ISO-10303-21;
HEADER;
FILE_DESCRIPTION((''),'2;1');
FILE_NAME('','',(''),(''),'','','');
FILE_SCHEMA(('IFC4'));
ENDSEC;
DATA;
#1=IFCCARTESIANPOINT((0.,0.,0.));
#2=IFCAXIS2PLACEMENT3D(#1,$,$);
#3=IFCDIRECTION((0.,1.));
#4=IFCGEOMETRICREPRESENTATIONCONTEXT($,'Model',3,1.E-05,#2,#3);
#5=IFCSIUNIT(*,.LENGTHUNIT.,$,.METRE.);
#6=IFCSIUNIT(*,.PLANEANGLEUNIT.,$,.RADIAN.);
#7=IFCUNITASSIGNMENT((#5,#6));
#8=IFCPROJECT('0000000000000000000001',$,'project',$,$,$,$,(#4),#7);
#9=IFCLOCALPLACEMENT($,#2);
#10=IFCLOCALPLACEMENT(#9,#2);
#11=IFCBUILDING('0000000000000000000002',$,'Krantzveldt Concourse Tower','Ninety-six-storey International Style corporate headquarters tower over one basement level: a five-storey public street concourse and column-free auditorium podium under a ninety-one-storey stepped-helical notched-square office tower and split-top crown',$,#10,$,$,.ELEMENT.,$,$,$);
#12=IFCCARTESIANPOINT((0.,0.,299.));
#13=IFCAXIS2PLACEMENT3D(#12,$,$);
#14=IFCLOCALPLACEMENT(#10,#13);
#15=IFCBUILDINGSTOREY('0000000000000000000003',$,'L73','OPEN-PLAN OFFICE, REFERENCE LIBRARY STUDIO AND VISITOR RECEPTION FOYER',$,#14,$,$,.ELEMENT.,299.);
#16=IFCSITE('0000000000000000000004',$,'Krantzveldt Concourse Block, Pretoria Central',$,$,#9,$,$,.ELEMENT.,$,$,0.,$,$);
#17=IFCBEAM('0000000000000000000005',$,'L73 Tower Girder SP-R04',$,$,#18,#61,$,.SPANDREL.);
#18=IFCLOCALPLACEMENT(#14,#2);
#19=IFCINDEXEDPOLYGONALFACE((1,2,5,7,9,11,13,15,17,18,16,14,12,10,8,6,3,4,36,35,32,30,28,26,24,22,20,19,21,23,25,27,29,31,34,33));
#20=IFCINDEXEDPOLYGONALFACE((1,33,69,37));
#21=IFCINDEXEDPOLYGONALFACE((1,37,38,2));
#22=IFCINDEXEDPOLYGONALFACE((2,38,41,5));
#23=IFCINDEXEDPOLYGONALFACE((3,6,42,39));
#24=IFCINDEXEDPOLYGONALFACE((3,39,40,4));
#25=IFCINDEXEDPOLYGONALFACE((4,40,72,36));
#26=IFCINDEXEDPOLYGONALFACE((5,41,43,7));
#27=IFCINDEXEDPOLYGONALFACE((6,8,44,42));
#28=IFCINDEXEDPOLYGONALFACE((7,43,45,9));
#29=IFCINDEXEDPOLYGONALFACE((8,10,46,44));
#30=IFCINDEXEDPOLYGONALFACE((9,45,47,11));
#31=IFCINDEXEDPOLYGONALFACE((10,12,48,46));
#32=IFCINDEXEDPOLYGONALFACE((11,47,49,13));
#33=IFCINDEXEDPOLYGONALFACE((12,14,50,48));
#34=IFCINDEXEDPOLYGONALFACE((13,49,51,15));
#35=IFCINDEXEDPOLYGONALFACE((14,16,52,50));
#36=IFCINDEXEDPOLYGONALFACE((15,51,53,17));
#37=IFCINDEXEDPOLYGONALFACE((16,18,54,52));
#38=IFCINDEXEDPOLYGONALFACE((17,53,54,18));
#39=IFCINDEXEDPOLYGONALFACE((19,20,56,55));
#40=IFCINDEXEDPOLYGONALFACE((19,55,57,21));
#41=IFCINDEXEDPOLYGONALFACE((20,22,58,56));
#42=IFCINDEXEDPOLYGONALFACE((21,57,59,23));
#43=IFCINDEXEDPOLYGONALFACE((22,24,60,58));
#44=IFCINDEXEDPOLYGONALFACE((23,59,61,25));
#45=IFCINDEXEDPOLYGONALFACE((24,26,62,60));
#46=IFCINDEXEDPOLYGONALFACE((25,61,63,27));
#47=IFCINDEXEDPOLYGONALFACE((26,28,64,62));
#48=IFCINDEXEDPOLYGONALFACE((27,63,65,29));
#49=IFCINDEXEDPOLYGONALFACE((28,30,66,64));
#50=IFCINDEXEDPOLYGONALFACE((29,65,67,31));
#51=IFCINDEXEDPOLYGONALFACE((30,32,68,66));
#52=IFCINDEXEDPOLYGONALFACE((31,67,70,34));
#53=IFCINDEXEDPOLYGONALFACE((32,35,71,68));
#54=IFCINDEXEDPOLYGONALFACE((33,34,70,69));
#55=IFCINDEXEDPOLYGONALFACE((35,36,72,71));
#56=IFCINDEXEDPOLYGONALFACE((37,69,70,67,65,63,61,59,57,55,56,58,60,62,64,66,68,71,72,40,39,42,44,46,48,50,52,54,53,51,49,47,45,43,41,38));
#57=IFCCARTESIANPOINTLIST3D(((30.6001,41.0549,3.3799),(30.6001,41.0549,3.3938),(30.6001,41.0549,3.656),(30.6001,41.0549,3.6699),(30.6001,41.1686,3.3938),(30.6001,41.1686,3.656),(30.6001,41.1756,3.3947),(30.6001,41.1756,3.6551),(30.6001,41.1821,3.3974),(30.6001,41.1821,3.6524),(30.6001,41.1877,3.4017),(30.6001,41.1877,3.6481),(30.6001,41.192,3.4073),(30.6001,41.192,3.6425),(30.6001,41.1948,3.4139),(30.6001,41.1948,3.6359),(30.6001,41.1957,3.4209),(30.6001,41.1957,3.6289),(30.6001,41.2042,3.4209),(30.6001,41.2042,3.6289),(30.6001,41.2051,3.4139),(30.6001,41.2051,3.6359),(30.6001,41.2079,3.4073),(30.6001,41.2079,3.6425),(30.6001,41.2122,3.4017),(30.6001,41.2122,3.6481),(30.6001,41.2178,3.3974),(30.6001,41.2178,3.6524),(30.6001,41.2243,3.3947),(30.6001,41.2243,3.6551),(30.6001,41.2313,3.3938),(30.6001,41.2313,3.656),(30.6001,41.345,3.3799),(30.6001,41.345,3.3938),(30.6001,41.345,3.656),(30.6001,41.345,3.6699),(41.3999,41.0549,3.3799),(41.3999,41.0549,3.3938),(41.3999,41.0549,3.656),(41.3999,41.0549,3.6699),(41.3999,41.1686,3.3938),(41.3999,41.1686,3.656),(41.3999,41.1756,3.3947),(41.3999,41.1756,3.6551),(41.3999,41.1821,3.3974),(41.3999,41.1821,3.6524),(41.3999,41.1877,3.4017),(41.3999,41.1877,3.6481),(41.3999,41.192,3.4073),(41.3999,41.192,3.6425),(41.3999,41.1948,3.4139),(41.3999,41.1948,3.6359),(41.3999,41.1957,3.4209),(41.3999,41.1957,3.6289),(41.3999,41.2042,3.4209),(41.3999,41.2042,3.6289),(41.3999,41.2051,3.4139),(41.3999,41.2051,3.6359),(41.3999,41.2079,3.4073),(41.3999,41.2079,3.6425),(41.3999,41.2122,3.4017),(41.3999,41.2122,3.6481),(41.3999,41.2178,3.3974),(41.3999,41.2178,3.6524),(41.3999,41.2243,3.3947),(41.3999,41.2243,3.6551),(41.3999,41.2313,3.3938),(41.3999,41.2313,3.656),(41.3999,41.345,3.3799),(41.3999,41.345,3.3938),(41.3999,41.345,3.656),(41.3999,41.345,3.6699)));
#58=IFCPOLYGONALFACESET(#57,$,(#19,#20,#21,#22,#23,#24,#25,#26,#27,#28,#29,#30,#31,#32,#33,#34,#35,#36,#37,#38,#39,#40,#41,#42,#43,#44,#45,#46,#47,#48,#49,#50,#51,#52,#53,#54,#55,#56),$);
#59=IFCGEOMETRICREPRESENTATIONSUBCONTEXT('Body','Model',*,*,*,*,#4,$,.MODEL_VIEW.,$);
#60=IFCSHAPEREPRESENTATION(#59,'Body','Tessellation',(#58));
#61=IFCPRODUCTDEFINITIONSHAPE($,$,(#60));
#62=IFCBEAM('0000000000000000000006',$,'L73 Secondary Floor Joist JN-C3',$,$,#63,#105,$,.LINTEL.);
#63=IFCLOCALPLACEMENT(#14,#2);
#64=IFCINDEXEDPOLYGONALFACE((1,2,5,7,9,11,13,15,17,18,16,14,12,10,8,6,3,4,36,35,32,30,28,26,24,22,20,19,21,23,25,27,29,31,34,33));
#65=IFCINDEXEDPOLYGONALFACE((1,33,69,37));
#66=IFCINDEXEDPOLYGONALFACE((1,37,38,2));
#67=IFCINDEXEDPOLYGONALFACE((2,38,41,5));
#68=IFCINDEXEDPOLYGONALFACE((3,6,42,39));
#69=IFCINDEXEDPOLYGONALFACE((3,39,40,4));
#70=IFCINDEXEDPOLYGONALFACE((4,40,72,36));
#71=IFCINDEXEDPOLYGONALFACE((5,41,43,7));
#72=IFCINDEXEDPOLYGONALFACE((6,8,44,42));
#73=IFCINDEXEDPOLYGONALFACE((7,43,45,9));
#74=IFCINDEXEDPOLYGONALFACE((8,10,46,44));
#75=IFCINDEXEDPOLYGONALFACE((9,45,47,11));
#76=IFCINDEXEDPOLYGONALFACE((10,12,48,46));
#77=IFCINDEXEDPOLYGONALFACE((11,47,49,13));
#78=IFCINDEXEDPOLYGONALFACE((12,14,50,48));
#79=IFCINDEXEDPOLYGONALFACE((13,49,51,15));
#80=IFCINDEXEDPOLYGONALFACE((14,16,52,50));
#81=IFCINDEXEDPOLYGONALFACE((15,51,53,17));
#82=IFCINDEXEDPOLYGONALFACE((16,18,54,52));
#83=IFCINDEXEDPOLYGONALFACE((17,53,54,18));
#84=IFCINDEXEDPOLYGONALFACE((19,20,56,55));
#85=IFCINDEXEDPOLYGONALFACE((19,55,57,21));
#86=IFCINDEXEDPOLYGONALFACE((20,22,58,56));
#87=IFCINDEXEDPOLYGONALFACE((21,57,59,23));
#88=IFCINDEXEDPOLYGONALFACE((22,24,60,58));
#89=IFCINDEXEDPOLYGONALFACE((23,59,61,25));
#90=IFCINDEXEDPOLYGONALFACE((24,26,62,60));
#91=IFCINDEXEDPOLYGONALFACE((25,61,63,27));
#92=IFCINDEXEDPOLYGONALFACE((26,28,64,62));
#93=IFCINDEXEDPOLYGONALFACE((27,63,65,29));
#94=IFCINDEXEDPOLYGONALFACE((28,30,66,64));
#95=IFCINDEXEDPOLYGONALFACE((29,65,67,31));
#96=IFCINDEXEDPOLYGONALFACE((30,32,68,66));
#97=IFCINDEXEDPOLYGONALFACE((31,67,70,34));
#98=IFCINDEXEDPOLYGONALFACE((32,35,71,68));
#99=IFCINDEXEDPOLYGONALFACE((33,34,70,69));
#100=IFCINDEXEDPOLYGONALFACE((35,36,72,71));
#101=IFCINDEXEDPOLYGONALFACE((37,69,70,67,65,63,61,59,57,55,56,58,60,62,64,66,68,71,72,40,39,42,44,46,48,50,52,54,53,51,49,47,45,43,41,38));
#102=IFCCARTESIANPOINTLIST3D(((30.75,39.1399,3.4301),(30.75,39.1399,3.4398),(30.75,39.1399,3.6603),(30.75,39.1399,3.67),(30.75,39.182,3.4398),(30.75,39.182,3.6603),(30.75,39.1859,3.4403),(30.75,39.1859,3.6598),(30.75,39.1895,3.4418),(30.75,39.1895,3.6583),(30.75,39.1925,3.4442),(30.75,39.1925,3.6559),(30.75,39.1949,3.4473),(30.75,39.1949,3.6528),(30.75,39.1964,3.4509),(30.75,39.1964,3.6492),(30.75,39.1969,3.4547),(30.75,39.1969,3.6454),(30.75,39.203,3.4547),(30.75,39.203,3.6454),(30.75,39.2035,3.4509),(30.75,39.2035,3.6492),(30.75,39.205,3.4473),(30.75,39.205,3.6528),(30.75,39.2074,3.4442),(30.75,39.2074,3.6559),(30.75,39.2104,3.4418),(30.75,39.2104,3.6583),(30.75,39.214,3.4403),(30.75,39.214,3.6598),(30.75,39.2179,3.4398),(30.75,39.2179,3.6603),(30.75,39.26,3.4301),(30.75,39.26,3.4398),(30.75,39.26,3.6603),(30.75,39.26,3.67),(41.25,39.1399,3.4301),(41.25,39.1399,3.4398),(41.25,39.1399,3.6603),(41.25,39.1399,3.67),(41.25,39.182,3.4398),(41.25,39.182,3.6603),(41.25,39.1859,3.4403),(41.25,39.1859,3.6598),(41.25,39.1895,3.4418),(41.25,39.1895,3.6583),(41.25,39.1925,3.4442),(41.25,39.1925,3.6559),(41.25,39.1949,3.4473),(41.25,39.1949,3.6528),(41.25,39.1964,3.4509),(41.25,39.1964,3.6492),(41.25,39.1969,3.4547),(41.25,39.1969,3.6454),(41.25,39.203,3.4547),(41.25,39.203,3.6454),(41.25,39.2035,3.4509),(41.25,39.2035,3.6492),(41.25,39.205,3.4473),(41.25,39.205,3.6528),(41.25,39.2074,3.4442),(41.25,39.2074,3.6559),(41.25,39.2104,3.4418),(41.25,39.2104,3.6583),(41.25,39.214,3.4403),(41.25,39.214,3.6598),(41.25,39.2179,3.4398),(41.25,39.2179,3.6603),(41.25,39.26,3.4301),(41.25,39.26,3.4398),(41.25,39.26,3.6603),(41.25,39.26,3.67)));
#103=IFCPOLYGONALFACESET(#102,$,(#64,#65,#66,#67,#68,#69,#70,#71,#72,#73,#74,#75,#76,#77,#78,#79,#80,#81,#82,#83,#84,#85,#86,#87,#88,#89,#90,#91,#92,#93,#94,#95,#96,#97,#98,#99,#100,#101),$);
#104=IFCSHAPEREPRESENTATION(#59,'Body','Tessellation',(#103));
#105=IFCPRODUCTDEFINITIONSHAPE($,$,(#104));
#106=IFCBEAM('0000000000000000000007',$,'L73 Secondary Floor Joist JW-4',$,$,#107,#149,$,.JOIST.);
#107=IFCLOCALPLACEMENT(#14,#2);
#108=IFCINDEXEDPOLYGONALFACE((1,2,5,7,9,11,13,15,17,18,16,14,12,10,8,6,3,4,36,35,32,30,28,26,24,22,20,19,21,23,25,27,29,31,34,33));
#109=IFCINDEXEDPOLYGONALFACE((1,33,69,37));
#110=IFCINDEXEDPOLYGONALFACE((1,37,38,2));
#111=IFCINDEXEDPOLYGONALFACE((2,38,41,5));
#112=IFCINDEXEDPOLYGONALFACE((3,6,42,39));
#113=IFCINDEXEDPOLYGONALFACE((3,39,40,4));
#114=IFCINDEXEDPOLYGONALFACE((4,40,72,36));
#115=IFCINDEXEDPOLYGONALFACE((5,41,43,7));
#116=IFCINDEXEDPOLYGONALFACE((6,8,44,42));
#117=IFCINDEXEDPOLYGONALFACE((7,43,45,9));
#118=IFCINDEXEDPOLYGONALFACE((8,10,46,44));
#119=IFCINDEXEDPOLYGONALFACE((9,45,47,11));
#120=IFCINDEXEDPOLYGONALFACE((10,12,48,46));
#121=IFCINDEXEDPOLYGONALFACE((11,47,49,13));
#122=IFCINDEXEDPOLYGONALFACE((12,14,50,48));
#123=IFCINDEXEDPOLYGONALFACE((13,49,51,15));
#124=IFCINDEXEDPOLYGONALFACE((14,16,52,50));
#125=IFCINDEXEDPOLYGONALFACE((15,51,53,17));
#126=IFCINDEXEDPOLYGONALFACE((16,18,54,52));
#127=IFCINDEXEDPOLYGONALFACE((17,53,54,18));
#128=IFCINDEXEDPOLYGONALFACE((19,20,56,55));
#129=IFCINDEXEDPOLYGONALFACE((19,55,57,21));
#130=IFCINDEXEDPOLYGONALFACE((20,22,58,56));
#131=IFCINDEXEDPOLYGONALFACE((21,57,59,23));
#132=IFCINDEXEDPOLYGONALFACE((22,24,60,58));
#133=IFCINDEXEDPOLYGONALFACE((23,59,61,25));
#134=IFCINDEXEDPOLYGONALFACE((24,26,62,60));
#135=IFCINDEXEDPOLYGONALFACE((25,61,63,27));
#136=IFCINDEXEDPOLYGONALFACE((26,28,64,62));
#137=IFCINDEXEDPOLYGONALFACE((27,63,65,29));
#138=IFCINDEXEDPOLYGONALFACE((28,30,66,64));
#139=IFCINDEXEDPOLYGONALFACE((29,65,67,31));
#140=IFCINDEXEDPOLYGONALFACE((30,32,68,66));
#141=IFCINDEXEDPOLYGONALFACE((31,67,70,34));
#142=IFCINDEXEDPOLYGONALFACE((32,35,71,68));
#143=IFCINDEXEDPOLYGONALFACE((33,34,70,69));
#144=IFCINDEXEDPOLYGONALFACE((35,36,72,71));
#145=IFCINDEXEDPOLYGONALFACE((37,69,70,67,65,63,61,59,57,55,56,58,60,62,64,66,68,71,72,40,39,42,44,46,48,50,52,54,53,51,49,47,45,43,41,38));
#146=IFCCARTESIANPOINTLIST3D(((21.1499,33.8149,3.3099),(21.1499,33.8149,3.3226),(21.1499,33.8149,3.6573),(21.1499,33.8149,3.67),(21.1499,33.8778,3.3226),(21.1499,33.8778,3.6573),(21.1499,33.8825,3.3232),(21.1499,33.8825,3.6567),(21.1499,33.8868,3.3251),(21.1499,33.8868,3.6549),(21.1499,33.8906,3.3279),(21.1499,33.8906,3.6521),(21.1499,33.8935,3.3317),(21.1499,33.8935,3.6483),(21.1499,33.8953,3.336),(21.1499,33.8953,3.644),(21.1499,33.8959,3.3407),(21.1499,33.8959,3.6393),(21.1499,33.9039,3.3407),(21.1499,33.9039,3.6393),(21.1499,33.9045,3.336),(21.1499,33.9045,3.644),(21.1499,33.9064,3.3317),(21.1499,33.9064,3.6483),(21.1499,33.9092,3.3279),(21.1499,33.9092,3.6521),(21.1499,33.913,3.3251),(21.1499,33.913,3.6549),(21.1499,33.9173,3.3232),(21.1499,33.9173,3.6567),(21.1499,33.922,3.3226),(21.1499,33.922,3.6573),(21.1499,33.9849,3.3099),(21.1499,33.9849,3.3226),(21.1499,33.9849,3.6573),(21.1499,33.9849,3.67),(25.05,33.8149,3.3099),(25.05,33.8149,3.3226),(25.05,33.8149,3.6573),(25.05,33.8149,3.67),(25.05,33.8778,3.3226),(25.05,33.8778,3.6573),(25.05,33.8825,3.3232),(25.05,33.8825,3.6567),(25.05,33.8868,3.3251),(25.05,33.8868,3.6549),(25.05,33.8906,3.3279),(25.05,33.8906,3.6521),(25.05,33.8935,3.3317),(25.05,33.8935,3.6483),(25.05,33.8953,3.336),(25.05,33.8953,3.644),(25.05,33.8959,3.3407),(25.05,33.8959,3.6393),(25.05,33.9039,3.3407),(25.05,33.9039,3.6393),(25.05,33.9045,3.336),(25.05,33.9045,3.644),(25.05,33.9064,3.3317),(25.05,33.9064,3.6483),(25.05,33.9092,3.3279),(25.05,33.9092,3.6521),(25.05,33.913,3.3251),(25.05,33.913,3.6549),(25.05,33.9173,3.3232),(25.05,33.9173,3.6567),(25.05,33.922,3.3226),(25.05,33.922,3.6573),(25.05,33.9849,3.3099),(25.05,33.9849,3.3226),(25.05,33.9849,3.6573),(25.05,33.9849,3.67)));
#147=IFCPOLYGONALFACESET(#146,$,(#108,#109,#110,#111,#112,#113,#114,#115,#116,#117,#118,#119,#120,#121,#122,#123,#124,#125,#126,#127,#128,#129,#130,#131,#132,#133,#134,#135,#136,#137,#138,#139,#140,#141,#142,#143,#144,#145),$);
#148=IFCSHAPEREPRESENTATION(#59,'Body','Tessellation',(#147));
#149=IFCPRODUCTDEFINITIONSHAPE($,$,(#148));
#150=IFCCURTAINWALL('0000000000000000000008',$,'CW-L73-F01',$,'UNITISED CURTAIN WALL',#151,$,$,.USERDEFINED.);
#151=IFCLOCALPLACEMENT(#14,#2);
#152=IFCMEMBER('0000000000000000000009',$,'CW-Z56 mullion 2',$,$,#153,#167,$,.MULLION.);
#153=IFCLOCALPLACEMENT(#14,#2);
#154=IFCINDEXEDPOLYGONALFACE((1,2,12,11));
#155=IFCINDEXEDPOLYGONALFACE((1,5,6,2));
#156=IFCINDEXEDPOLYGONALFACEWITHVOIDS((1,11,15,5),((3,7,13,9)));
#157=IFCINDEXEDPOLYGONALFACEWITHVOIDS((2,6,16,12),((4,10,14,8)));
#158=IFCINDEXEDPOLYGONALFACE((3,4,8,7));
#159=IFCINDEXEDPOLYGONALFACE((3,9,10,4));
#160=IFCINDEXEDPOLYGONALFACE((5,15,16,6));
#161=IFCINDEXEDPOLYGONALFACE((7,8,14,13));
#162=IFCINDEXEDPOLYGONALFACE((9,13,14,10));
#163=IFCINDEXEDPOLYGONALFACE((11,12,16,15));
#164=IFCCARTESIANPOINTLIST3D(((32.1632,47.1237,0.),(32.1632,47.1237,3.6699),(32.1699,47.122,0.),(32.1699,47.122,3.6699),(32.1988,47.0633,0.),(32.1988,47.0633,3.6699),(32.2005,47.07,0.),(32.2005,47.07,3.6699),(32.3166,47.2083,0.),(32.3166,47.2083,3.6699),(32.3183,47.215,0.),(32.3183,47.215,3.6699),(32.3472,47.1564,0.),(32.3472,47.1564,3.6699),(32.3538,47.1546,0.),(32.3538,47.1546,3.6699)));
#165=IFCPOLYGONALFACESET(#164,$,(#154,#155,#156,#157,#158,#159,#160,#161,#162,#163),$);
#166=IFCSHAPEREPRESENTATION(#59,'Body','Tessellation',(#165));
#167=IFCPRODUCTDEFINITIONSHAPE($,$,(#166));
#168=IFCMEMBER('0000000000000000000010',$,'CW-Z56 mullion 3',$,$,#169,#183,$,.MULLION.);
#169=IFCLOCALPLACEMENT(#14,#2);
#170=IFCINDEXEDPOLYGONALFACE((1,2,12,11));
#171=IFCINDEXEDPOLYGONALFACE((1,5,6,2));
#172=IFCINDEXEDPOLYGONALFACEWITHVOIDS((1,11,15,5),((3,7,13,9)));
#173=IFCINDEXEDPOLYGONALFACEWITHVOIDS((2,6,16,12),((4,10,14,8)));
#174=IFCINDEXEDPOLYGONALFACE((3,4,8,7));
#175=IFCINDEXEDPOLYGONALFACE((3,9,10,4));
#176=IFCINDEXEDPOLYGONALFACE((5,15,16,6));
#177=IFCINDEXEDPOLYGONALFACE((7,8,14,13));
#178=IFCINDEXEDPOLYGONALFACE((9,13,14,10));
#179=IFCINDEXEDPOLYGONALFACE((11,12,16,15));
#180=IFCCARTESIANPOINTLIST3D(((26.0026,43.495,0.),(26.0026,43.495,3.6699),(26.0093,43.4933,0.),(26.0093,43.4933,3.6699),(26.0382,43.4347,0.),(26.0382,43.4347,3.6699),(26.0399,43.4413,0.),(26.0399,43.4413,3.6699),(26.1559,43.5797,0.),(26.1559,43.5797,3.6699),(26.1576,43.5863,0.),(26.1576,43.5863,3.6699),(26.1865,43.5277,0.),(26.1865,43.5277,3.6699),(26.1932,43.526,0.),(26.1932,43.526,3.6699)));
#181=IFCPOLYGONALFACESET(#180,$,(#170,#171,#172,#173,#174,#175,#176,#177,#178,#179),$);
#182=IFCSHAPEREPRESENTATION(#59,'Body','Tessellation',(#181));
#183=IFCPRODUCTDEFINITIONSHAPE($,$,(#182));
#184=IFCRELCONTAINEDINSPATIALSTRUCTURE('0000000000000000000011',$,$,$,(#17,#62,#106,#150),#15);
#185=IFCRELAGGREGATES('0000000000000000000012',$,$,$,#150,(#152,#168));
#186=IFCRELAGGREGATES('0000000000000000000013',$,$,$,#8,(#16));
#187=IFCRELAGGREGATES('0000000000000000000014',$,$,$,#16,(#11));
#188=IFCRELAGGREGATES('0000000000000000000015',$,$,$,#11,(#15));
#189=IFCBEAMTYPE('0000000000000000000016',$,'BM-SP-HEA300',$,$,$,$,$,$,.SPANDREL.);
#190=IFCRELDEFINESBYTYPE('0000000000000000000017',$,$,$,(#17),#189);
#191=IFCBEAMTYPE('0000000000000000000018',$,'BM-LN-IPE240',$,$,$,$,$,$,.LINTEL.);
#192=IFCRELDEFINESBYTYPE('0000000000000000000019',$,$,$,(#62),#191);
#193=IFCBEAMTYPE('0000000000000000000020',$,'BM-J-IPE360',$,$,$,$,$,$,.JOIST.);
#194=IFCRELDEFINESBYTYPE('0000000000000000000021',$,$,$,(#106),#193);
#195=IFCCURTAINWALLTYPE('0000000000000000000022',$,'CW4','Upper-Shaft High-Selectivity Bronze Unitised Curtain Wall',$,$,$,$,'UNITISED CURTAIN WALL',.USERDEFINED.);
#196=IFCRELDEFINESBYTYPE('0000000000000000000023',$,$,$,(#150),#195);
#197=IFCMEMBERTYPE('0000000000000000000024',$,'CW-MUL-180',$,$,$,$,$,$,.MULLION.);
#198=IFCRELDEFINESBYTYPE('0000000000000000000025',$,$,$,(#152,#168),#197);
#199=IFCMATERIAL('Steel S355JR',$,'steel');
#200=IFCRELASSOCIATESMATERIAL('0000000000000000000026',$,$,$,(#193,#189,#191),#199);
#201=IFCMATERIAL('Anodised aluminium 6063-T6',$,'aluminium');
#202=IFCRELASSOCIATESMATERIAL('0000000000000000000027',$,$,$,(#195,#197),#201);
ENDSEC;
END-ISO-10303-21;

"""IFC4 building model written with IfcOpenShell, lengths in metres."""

from ifc_helpers import new_model, si_unit, direction, frame, origin, origin_2d, place, context, subcontext, project, spatial, hollow_rectangle, i_section, extrude, source, transform, mapped, material, material_profile, profile_set, type_object, type_shapes, element, aggregate, save


model = new_model("IFC4")

# Units and contexts
model_context = context("Model", 3, precision=1e-05, world=origin(), true_north=direction((0.0, 1.0)))
body_context = subcontext(model_context, "Body", "Model", "MODEL_VIEW")
ifc_project = project(units=[si_unit("LENGTHUNIT", "METRE"), si_unit("PLANEANGLEUNIT", "RADIAN")], contexts=[model_context])

# Site, building, storey
site_placement = place(None, origin())
site = spatial("IfcSite", under=ifc_project, at=site_placement, Name="Krantzveldt Concourse Block, Pretoria Central", CompositionType="ELEMENT", RefElevation=0.0)
building_placement = place(site_placement, origin())
building = spatial("IfcBuilding", under=site, at=building_placement, Name="Krantzveldt Concourse Tower", Description="Ninety-six-storey International Style corporate headquarters tower over one basement level: a five-storey public street concourse and column-free auditorium podium under a ninety-one-storey stepped-helical notched-square office tower and split-top crown", CompositionType="ELEMENT")
storey_placement = place(building_placement, frame((0.0, 0.0, 299.0)))
storey = spatial("IfcBuildingStorey", under=building, at=storey_placement, Name="L73", Description="OPEN-PLAN OFFICE, REFERENCE LIBRARY STUDIO AND VISITOR RECEPTION FOYER", CompositionType="ELEMENT", Elevation=299.0)

# Beams
ifc_material_1 = material(Name="Steel S355JR", Category="steel")
ifc_material_profile_1 = material_profile(ifc_material_1, i_section(OverallWidth=0.1699, OverallDepth=0.3601, WebThickness=0.0081, FlangeThickness=0.0127, FilletRadius=0.0181, at=origin_2d()), Name="Steel S355JR", Category="steel")
ifc_profile_set_1 = profile_set([ifc_material_profile_1], Name="Steel S355JR - IPE 360")
beam_type_1 = type_object("IfcBeamType", Name="BM-J-IPE360", PredefinedType="JOIST", material=ifc_profile_set_1)
ifc_material_profile_2 = material_profile(ifc_material_1, i_section(OverallWidth=0.29, OverallDepth=0.29, WebThickness=0.0085, FlangeThickness=0.0139, FilletRadius=0.0271, at=origin_2d()), Name="Steel S355JR", Category="steel")
ifc_profile_set_2 = profile_set([ifc_material_profile_2], Name="Steel S355JR - HEA 300")
beam_type_2 = type_object("IfcBeamType", Name="BM-SP-HEA300", PredefinedType="SPANDREL", material=ifc_profile_set_2)
shared_shape_1 = source(origin(), body_context, "Body", "SweptSolid", [
    extrude(i_section(OverallWidth=0.29, OverallDepth=0.29, WebThickness=0.0085, FlangeThickness=0.0139, FilletRadius=0.0271, at=origin_2d()), origin(), (0.0, 0.0, 1.0), 10.7998),
])
beam_1_placement = place(storey_placement, frame((30.6001, 41.2, 3.5249), z_axis=(1.0, 0.0, 0.0), x_axis=(0.0, 1.0, 0.0)))
element("IfcBeam", 1, at=beam_1_placement, inside=storey, type_object=beam_type_2, Name="L73 Tower Girder SP-R04", PredefinedType="SPANDREL", context=body_context, shape_type="MappedRepresentation", body=[
    mapped(shared_shape_1, transform((0.0, 0.0, 0.0), x_axis=(1.0, 0.0, 0.0), y_axis=(0.0, 1.0, 0.0), z_axis=(0.0, 0.0, 1.0), scale=1.0)),
])
ifc_material_profile_3 = material_profile(ifc_material_1, i_section(OverallWidth=0.1201, OverallDepth=0.24, WebThickness=0.0061, FlangeThickness=0.0098, FilletRadius=0.0149, at=origin_2d()), Name="Steel S355JR", Category="steel")
ifc_profile_set_3 = profile_set([ifc_material_profile_3], Name="Steel S355JR - IPE 240")
beam_type_3 = type_object("IfcBeamType", Name="BM-LN-IPE240", PredefinedType="LINTEL", material=ifc_profile_set_3)
shared_shape_2 = source(origin(), body_context, "Body", "SweptSolid", [
    extrude(i_section(OverallWidth=0.1201, OverallDepth=0.24, WebThickness=0.0061, FlangeThickness=0.0098, FilletRadius=0.0149, at=origin_2d()), origin(), (0.0, 0.0, 1.0), 10.5),
])
type_shapes(beam_type_3, [shared_shape_2])
beam_2_placement = place(storey_placement, frame((30.75, 39.2, 3.55), z_axis=(1.0, 0.0, 0.0), x_axis=(0.0, 1.0, 0.0)))
element("IfcBeam", 2, at=beam_2_placement, inside=storey, type_object=beam_type_3, Name="L73 Secondary Floor Joist JN-C3", PredefinedType="LINTEL", context=body_context, shape_type="MappedRepresentation", body=[
    mapped(shared_shape_2, transform((0.0, 0.0, 0.0), x_axis=(1.0, 0.0, 0.0), y_axis=(0.0, 1.0, 0.0), z_axis=(0.0, 0.0, 1.0), scale=1.0)),
])
shared_shape_3 = source(origin(), body_context, "Body", "SweptSolid", [
    extrude(i_section(OverallWidth=0.1699, OverallDepth=0.3601, WebThickness=0.0081, FlangeThickness=0.0127, FilletRadius=0.0181, at=origin_2d()), origin(), (0.0, 0.0, 1.0), 3.9001),
])
beam_3_placement = place(storey_placement, frame((21.1499, 33.8999, 3.49), z_axis=(1.0, 0.0, 0.0), x_axis=(0.0, 1.0, 0.0)))
element("IfcBeam", 3, at=beam_3_placement, inside=storey, type_object=beam_type_1, Name="L73 Secondary Floor Joist JW-4", PredefinedType="JOIST", context=body_context, shape_type="MappedRepresentation", body=[
    mapped(shared_shape_3, transform((0.0, 0.0, 0.0), x_axis=(1.0, 0.0, 0.0), y_axis=(0.0, 1.0, 0.0), z_axis=(0.0, 0.0, 1.0), scale=1.0)),
])

# Curtain wall, members
ifc_material_2 = material(Name="Anodised aluminium 6063-T6", Category="aluminium")
curtain_wall_type = type_object("IfcCurtainWallType", Name="CW4", Description="Upper-Shaft High-Selectivity Bronze Unitised Curtain Wall", ElementType="UNITISED CURTAIN WALL", PredefinedType="USERDEFINED", material=ifc_material_2)
curtain_wall_placement = place(storey_placement, origin())
curtain_wall = element("IfcCurtainWall", 4, at=curtain_wall_placement, inside=storey, type_object=curtain_wall_type, Name="CW-L73-F01", ObjectType="UNITISED CURTAIN WALL", PredefinedType="USERDEFINED")
ifc_material_profile_4 = material_profile(ifc_material_2, hollow_rectangle(XDim=0.0701, YDim=0.1799, WallThickness=0.0049, at=origin_2d()), Name="Anodised aluminium 6063-T6", Category="aluminium")
ifc_profile_set_4 = profile_set([ifc_material_profile_4], Name="Anodised aluminium 6063-T6 - ALU-MULL 180x70x5")
member_type_1 = type_object("IfcMemberType", Name="CW-MUL-180", PredefinedType="MULLION", material=ifc_profile_set_4)
shared_shape_4 = source(origin(), body_context, "Body", "SweptSolid", [
    extrude(hollow_rectangle(XDim=0.0701, YDim=0.1799, WallThickness=0.0049, at=origin_2d()), origin(), (0.0, 0.0, 1.0), 3.6699),
])
type_shapes(member_type_1, [shared_shape_4])
member_1_placement = place(storey_placement, frame((32.2585, 47.1392, 0.0), z_axis=(0.0, 0.0, 1.0), x_axis=(0.507538, -0.861629, 0.0)))
member_1 = element("IfcMember", 5, at=member_1_placement, type_object=member_type_1, Name="CW-Z56 mullion 2", PredefinedType="MULLION", context=body_context, shape_type="MappedRepresentation", body=[
    mapped(shared_shape_4, transform((0.0, 0.0, 0.0), x_axis=(1.0, 0.0, 0.0), y_axis=(0.0, 1.0, 0.0), z_axis=(0.0, 0.0, 1.0), scale=1.0)),
])
member_2_placement = place(storey_placement, frame((26.0979, 43.5105, 0.0), z_axis=(0.0, 0.0, 1.0), x_axis=(0.507538, -0.861629, 0.0)))
member_2 = element("IfcMember", 6, at=member_2_placement, type_object=member_type_1, Name="CW-Z56 mullion 3", PredefinedType="MULLION", context=body_context, shape_type="MappedRepresentation", body=[
    mapped(shared_shape_4, transform((0.0, 0.0, 0.0), x_axis=(1.0, 0.0, 0.0), y_axis=(0.0, 1.0, 0.0), z_axis=(0.0, 0.0, 1.0), scale=1.0)),
])
aggregate(curtain_wall, [member_1, member_2])

save(model, "model.ifc")
